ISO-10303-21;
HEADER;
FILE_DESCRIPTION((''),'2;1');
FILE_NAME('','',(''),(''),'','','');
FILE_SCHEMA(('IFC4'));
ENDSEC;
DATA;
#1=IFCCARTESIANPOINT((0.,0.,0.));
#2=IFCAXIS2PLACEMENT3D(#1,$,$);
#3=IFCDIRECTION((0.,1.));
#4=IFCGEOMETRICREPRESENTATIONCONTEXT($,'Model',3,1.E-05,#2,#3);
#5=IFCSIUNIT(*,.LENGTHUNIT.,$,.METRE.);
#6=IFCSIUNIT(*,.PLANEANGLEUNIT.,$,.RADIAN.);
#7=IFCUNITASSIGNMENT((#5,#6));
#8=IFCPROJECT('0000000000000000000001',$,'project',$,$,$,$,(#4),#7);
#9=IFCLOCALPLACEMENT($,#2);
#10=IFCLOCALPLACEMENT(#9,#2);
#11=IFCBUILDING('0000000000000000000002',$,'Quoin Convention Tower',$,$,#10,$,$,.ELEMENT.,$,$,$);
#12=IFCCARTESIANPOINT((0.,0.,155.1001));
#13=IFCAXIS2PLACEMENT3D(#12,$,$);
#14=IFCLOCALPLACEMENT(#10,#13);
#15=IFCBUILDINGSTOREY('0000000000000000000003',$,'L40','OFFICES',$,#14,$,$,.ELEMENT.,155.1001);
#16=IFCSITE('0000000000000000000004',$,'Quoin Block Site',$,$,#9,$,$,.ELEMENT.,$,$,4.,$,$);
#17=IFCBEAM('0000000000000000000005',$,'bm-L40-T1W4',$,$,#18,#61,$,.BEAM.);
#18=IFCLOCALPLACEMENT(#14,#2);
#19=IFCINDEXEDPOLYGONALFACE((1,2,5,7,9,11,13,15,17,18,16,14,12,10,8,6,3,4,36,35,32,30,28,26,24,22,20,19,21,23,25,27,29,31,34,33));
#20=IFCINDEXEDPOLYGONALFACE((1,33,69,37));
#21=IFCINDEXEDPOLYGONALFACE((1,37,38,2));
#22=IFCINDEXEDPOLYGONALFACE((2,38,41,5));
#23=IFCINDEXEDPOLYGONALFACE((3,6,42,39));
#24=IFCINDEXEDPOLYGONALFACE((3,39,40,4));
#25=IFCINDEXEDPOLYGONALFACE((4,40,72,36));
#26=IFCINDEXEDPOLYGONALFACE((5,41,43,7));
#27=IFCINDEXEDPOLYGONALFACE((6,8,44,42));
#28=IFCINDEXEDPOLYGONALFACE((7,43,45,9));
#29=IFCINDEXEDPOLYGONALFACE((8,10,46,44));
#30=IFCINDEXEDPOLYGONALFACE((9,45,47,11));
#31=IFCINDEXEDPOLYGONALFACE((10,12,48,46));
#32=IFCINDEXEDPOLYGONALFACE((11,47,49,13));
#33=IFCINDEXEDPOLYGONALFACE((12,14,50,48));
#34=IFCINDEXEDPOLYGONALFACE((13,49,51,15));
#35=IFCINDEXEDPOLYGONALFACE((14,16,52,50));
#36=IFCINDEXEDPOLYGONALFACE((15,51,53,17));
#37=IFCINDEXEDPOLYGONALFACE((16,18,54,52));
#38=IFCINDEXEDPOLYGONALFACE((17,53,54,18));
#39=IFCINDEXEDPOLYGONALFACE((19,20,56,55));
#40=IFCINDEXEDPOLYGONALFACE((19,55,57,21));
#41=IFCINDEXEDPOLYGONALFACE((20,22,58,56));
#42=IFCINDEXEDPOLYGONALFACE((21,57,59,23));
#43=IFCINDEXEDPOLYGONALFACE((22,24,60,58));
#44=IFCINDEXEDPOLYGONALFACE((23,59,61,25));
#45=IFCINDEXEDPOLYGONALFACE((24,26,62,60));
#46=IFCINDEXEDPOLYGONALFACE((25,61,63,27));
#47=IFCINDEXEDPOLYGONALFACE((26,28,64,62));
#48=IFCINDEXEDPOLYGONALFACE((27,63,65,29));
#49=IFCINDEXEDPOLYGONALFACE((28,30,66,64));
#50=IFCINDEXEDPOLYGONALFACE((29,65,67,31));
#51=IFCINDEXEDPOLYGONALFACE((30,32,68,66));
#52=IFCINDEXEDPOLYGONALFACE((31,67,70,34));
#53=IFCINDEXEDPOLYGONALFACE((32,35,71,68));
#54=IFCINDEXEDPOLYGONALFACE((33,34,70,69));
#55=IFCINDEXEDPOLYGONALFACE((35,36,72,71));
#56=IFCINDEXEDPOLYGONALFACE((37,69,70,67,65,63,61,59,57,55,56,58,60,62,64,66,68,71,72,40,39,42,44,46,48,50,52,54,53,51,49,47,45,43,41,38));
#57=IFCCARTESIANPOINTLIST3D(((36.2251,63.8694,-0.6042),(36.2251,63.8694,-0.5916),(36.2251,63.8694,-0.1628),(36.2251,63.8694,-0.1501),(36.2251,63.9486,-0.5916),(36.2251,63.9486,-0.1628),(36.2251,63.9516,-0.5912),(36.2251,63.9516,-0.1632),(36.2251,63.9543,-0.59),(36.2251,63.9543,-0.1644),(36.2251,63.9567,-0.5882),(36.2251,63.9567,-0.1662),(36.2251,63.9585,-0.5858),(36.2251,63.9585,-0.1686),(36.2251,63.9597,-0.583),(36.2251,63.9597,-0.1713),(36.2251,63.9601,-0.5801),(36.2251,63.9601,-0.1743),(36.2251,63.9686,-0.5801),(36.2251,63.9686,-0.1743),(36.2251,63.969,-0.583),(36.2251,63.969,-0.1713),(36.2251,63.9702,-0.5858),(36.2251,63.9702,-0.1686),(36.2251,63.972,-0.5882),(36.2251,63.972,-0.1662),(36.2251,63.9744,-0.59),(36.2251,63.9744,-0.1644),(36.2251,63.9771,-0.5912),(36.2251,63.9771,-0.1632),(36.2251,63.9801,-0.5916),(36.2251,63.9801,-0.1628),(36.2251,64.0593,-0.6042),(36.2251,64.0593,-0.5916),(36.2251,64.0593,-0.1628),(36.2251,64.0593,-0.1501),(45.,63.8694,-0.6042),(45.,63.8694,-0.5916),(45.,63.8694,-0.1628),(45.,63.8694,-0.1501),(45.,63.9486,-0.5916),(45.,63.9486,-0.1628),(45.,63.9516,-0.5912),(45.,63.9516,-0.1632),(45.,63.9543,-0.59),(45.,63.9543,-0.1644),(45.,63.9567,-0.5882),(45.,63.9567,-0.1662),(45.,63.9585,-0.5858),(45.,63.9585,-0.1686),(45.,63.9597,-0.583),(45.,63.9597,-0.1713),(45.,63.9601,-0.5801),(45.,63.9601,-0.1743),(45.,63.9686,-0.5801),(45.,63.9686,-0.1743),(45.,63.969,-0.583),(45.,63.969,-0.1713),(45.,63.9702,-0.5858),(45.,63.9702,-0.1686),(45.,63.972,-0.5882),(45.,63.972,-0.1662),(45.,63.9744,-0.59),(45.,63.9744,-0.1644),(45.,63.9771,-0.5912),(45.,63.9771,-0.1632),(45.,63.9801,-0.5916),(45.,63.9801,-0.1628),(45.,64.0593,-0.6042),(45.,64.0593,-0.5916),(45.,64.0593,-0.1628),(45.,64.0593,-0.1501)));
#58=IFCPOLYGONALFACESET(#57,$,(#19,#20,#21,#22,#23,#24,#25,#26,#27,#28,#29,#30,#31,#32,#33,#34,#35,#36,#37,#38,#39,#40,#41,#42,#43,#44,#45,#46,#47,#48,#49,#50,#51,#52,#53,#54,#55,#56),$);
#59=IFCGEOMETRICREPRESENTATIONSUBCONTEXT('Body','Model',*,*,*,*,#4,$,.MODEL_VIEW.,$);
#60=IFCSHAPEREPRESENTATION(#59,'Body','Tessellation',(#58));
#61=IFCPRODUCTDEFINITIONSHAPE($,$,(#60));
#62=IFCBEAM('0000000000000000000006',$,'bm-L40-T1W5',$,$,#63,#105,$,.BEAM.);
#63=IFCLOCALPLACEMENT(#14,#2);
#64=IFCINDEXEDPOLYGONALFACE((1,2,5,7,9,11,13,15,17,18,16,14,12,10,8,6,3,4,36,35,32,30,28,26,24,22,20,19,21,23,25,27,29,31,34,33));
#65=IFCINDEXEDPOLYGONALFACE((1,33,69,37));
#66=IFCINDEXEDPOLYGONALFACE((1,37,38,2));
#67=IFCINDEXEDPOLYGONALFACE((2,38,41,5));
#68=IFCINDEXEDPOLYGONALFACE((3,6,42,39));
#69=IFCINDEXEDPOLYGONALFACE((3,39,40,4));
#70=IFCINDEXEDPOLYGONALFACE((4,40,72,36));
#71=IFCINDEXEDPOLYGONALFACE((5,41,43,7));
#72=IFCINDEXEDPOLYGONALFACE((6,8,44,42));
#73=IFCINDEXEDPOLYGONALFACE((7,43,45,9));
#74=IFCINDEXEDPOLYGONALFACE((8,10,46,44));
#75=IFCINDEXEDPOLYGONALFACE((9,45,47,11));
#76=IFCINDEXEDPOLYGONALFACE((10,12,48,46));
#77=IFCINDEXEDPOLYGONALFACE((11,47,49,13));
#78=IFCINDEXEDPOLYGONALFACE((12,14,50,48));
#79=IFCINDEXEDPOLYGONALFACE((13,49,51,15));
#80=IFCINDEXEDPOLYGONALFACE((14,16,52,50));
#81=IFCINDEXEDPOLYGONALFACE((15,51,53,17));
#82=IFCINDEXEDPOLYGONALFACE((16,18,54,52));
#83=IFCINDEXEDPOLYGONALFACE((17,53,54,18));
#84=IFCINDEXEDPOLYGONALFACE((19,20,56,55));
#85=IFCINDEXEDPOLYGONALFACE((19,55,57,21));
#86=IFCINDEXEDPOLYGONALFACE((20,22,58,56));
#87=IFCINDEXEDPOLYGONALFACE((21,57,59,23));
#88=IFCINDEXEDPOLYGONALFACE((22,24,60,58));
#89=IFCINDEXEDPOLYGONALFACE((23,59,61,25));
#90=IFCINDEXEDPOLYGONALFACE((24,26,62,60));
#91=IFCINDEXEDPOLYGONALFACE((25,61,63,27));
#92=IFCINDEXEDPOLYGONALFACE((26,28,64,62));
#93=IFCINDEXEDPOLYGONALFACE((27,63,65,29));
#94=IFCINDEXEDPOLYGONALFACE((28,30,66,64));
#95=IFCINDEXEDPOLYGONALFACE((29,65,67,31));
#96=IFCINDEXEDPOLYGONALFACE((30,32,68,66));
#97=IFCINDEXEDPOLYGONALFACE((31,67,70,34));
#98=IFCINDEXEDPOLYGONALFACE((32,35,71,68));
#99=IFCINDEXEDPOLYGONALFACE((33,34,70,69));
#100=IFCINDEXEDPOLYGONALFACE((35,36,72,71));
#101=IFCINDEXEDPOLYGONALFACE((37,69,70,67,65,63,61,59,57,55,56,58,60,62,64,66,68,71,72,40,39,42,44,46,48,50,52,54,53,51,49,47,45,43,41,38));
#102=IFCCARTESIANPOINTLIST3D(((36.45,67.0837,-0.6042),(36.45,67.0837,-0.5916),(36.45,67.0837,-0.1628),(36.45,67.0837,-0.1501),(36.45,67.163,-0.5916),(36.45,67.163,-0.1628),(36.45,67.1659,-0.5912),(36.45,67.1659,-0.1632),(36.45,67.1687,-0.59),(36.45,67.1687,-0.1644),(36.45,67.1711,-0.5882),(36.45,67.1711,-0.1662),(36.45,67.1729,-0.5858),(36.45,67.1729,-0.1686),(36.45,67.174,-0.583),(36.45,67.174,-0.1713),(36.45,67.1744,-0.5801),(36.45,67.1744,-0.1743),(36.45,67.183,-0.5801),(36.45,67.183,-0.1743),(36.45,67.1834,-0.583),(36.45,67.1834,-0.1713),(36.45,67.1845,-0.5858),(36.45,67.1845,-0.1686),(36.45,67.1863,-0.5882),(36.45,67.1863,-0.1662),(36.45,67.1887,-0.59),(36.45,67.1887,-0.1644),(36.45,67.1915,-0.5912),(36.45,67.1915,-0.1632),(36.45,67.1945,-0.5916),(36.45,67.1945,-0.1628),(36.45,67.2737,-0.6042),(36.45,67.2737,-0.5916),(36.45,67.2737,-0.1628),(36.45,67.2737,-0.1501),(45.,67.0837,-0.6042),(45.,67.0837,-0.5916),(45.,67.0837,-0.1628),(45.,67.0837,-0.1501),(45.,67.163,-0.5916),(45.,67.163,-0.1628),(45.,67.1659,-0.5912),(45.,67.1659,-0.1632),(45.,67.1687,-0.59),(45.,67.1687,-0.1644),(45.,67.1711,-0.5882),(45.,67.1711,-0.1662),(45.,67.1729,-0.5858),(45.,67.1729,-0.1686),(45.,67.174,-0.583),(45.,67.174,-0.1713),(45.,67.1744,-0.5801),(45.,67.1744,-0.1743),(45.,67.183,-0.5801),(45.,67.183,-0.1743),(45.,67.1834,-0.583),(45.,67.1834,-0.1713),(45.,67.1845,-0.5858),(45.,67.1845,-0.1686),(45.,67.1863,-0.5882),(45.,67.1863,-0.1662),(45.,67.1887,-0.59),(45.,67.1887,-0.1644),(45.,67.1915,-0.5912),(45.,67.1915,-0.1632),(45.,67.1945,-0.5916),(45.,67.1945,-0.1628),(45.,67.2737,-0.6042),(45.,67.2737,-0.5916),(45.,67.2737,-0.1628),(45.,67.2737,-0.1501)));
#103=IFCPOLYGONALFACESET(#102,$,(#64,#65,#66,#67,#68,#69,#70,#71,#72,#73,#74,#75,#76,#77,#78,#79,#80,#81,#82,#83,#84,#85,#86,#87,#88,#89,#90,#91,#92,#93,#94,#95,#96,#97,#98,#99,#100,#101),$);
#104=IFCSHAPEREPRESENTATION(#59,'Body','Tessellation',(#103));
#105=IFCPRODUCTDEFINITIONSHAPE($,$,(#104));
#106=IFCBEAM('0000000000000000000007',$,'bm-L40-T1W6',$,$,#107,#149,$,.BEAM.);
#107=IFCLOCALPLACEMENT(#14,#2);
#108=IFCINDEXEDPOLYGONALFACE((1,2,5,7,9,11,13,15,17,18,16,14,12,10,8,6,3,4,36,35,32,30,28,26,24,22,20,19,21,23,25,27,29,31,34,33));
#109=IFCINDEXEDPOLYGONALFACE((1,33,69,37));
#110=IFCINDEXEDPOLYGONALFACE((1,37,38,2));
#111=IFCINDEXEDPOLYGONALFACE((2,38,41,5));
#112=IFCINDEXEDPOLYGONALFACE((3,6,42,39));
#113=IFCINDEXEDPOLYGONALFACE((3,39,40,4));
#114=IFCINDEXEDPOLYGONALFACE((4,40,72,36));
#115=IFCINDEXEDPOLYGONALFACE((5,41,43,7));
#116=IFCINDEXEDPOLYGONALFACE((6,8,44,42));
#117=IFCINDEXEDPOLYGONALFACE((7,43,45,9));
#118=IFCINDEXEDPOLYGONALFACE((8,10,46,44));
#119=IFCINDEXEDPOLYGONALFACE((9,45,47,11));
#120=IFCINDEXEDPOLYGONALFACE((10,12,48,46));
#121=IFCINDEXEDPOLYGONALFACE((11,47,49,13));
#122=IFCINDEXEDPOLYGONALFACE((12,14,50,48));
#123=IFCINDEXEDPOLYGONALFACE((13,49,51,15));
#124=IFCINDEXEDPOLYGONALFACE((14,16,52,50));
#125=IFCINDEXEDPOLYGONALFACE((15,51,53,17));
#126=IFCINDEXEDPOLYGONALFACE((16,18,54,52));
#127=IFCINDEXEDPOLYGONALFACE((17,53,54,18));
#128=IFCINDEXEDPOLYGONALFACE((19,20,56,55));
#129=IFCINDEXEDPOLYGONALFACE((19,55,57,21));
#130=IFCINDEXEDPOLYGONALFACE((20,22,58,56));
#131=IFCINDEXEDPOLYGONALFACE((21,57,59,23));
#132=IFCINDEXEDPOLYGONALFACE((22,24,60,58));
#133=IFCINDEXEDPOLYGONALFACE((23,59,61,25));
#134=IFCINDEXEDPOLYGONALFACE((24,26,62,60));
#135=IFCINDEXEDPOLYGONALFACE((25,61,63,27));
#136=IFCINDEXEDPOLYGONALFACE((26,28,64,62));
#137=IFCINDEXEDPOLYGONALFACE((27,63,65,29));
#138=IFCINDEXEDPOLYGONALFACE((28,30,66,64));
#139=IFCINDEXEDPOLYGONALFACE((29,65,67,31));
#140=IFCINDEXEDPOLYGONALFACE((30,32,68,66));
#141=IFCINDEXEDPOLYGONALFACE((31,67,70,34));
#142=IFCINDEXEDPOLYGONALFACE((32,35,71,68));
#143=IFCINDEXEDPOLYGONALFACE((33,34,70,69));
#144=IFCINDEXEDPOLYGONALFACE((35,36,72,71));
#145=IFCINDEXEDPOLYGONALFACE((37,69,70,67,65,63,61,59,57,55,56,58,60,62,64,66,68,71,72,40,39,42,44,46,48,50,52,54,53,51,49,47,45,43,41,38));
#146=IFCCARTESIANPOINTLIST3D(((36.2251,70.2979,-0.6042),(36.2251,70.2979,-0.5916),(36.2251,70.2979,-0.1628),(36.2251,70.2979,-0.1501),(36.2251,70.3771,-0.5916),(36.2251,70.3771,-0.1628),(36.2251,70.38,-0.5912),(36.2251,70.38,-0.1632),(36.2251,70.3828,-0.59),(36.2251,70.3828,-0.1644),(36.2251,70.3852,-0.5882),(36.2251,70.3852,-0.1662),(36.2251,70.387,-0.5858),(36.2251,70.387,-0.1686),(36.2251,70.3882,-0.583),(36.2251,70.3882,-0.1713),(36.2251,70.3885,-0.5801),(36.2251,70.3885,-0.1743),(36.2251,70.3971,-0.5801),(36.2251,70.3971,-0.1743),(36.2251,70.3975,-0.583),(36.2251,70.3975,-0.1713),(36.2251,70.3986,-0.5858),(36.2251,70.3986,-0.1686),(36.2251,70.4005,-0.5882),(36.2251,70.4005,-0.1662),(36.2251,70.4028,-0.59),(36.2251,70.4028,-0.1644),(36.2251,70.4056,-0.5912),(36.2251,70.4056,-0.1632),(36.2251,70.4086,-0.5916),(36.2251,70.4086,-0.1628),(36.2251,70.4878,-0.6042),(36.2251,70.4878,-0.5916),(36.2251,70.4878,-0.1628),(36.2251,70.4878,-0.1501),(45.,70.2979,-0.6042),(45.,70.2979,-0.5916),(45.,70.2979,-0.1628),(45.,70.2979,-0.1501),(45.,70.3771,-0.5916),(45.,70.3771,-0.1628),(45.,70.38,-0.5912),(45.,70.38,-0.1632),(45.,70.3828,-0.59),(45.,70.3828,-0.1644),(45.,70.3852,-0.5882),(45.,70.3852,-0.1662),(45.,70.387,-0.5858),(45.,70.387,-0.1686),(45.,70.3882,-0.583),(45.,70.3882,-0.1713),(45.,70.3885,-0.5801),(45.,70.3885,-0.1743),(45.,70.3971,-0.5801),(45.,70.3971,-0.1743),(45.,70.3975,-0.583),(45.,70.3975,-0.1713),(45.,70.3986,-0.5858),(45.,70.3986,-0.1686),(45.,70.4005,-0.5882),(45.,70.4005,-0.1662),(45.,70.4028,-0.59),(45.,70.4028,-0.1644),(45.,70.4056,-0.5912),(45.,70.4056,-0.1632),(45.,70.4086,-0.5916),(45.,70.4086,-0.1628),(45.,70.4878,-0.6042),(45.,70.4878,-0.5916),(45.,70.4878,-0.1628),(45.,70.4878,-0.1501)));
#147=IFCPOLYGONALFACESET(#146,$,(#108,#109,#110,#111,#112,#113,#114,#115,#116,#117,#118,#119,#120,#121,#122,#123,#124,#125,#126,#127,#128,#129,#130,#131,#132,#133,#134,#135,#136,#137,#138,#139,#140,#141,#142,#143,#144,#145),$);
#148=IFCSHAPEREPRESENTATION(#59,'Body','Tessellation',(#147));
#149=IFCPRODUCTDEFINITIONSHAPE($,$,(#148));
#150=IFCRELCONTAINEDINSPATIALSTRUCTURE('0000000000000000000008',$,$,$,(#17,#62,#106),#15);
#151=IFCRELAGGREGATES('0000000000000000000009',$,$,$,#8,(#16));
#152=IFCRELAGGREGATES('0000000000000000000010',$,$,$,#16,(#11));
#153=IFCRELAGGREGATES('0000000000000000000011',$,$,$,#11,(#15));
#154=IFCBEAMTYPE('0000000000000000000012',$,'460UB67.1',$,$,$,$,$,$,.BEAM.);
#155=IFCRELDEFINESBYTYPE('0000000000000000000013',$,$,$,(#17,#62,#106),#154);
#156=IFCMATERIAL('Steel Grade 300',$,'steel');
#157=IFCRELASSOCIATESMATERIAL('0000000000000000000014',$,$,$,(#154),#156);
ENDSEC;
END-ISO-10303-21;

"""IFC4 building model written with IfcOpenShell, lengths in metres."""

from ifc_helpers import new_model, si_unit, direction, frame, origin, origin_2d, place, context, subcontext, project, spatial, i_section, extrude, material, material_profile, profile_set, type_object, element, save


model = new_model("IFC4")

# Units and contexts
model_context = context("Model", 3, precision=1e-05, world=origin(), true_north=direction((0.0, 1.0)))
body_context = subcontext(model_context, "Body", "Model", "MODEL_VIEW")
ifc_project = project(units=[si_unit("LENGTHUNIT", "METRE"), si_unit("PLANEANGLEUNIT", "RADIAN")], contexts=[model_context])

# Site, building, storey
site_placement = place(None, origin())
site = spatial("IfcSite", under=ifc_project, at=site_placement, Name="Quoin Block Site", CompositionType="ELEMENT", RefElevation=4.0)
building_placement = place(site_placement, origin())
building = spatial("IfcBuilding", under=site, at=building_placement, Name="Quoin Convention Tower", CompositionType="ELEMENT")
storey_placement = place(building_placement, frame((0.0, 0.0, 155.1001)))
storey = spatial("IfcBuildingStorey", under=building, at=storey_placement, Name="L40", Description="OFFICES", CompositionType="ELEMENT", Elevation=155.1001)

# Beams
ifc_material_1 = material(Name="Steel Grade 300", Category="steel")
ifc_material_profile = material_profile(ifc_material_1, i_section(OverallWidth=0.1899, OverallDepth=0.4541, WebThickness=0.0085, FlangeThickness=0.0127, FilletRadius=0.0115, at=origin_2d()), Name="460UB67.1")
ifc_profile_set = profile_set([ifc_material_profile], Name="Steel Grade 300")
beam_type = type_object("IfcBeamType", Name="460UB67.1", PredefinedType="BEAM", material=ifc_profile_set)
beam_1_placement = place(storey_placement, frame((36.2251, 63.9644, -0.3772), z_axis=(1.0, 0.0, 0.0), x_axis=(0.0, 1.0, 0.0)))
element("IfcBeam", 1, at=beam_1_placement, inside=storey, type_object=beam_type, Name="bm-L40-T1W4", PredefinedType="BEAM", context=body_context, shape_type="SweptSolid", body=[
    extrude(i_section(OverallWidth=0.1899, OverallDepth=0.4541, WebThickness=0.0085, FlangeThickness=0.0127, FilletRadius=0.0115, at=origin_2d()), origin(), (0.0, 0.0, 1.0), 8.7749),
])
beam_2_placement = place(storey_placement, frame((36.45, 67.1787, -0.3772), z_axis=(1.0, 0.0, 0.0), x_axis=(0.0, 1.0, 0.0)))
element("IfcBeam", 2, at=beam_2_placement, inside=storey, type_object=beam_type, Name="bm-L40-T1W5", PredefinedType="BEAM", context=body_context, shape_type="SweptSolid", body=[
    extrude(i_section(OverallWidth=0.1899, OverallDepth=0.4541, WebThickness=0.0085, FlangeThickness=0.0127, FilletRadius=0.0115, at=origin_2d()), origin(), (0.0, 0.0, 1.0), 8.55),
])
beam_3_placement = place(storey_placement, frame((36.2251, 70.3928, -0.3772), z_axis=(1.0, 0.0, 0.0), x_axis=(0.0, 1.0, 0.0)))
element("IfcBeam", 3, at=beam_3_placement, inside=storey, type_object=beam_type, Name="bm-L40-T1W6", PredefinedType="BEAM", context=body_context, shape_type="SweptSolid", body=[
    extrude(i_section(OverallWidth=0.1899, OverallDepth=0.4541, WebThickness=0.0085, FlangeThickness=0.0127, FilletRadius=0.0115, at=origin_2d()), origin(), (0.0, 0.0, 1.0), 8.7749),
])

save(model, "model.ifc")
